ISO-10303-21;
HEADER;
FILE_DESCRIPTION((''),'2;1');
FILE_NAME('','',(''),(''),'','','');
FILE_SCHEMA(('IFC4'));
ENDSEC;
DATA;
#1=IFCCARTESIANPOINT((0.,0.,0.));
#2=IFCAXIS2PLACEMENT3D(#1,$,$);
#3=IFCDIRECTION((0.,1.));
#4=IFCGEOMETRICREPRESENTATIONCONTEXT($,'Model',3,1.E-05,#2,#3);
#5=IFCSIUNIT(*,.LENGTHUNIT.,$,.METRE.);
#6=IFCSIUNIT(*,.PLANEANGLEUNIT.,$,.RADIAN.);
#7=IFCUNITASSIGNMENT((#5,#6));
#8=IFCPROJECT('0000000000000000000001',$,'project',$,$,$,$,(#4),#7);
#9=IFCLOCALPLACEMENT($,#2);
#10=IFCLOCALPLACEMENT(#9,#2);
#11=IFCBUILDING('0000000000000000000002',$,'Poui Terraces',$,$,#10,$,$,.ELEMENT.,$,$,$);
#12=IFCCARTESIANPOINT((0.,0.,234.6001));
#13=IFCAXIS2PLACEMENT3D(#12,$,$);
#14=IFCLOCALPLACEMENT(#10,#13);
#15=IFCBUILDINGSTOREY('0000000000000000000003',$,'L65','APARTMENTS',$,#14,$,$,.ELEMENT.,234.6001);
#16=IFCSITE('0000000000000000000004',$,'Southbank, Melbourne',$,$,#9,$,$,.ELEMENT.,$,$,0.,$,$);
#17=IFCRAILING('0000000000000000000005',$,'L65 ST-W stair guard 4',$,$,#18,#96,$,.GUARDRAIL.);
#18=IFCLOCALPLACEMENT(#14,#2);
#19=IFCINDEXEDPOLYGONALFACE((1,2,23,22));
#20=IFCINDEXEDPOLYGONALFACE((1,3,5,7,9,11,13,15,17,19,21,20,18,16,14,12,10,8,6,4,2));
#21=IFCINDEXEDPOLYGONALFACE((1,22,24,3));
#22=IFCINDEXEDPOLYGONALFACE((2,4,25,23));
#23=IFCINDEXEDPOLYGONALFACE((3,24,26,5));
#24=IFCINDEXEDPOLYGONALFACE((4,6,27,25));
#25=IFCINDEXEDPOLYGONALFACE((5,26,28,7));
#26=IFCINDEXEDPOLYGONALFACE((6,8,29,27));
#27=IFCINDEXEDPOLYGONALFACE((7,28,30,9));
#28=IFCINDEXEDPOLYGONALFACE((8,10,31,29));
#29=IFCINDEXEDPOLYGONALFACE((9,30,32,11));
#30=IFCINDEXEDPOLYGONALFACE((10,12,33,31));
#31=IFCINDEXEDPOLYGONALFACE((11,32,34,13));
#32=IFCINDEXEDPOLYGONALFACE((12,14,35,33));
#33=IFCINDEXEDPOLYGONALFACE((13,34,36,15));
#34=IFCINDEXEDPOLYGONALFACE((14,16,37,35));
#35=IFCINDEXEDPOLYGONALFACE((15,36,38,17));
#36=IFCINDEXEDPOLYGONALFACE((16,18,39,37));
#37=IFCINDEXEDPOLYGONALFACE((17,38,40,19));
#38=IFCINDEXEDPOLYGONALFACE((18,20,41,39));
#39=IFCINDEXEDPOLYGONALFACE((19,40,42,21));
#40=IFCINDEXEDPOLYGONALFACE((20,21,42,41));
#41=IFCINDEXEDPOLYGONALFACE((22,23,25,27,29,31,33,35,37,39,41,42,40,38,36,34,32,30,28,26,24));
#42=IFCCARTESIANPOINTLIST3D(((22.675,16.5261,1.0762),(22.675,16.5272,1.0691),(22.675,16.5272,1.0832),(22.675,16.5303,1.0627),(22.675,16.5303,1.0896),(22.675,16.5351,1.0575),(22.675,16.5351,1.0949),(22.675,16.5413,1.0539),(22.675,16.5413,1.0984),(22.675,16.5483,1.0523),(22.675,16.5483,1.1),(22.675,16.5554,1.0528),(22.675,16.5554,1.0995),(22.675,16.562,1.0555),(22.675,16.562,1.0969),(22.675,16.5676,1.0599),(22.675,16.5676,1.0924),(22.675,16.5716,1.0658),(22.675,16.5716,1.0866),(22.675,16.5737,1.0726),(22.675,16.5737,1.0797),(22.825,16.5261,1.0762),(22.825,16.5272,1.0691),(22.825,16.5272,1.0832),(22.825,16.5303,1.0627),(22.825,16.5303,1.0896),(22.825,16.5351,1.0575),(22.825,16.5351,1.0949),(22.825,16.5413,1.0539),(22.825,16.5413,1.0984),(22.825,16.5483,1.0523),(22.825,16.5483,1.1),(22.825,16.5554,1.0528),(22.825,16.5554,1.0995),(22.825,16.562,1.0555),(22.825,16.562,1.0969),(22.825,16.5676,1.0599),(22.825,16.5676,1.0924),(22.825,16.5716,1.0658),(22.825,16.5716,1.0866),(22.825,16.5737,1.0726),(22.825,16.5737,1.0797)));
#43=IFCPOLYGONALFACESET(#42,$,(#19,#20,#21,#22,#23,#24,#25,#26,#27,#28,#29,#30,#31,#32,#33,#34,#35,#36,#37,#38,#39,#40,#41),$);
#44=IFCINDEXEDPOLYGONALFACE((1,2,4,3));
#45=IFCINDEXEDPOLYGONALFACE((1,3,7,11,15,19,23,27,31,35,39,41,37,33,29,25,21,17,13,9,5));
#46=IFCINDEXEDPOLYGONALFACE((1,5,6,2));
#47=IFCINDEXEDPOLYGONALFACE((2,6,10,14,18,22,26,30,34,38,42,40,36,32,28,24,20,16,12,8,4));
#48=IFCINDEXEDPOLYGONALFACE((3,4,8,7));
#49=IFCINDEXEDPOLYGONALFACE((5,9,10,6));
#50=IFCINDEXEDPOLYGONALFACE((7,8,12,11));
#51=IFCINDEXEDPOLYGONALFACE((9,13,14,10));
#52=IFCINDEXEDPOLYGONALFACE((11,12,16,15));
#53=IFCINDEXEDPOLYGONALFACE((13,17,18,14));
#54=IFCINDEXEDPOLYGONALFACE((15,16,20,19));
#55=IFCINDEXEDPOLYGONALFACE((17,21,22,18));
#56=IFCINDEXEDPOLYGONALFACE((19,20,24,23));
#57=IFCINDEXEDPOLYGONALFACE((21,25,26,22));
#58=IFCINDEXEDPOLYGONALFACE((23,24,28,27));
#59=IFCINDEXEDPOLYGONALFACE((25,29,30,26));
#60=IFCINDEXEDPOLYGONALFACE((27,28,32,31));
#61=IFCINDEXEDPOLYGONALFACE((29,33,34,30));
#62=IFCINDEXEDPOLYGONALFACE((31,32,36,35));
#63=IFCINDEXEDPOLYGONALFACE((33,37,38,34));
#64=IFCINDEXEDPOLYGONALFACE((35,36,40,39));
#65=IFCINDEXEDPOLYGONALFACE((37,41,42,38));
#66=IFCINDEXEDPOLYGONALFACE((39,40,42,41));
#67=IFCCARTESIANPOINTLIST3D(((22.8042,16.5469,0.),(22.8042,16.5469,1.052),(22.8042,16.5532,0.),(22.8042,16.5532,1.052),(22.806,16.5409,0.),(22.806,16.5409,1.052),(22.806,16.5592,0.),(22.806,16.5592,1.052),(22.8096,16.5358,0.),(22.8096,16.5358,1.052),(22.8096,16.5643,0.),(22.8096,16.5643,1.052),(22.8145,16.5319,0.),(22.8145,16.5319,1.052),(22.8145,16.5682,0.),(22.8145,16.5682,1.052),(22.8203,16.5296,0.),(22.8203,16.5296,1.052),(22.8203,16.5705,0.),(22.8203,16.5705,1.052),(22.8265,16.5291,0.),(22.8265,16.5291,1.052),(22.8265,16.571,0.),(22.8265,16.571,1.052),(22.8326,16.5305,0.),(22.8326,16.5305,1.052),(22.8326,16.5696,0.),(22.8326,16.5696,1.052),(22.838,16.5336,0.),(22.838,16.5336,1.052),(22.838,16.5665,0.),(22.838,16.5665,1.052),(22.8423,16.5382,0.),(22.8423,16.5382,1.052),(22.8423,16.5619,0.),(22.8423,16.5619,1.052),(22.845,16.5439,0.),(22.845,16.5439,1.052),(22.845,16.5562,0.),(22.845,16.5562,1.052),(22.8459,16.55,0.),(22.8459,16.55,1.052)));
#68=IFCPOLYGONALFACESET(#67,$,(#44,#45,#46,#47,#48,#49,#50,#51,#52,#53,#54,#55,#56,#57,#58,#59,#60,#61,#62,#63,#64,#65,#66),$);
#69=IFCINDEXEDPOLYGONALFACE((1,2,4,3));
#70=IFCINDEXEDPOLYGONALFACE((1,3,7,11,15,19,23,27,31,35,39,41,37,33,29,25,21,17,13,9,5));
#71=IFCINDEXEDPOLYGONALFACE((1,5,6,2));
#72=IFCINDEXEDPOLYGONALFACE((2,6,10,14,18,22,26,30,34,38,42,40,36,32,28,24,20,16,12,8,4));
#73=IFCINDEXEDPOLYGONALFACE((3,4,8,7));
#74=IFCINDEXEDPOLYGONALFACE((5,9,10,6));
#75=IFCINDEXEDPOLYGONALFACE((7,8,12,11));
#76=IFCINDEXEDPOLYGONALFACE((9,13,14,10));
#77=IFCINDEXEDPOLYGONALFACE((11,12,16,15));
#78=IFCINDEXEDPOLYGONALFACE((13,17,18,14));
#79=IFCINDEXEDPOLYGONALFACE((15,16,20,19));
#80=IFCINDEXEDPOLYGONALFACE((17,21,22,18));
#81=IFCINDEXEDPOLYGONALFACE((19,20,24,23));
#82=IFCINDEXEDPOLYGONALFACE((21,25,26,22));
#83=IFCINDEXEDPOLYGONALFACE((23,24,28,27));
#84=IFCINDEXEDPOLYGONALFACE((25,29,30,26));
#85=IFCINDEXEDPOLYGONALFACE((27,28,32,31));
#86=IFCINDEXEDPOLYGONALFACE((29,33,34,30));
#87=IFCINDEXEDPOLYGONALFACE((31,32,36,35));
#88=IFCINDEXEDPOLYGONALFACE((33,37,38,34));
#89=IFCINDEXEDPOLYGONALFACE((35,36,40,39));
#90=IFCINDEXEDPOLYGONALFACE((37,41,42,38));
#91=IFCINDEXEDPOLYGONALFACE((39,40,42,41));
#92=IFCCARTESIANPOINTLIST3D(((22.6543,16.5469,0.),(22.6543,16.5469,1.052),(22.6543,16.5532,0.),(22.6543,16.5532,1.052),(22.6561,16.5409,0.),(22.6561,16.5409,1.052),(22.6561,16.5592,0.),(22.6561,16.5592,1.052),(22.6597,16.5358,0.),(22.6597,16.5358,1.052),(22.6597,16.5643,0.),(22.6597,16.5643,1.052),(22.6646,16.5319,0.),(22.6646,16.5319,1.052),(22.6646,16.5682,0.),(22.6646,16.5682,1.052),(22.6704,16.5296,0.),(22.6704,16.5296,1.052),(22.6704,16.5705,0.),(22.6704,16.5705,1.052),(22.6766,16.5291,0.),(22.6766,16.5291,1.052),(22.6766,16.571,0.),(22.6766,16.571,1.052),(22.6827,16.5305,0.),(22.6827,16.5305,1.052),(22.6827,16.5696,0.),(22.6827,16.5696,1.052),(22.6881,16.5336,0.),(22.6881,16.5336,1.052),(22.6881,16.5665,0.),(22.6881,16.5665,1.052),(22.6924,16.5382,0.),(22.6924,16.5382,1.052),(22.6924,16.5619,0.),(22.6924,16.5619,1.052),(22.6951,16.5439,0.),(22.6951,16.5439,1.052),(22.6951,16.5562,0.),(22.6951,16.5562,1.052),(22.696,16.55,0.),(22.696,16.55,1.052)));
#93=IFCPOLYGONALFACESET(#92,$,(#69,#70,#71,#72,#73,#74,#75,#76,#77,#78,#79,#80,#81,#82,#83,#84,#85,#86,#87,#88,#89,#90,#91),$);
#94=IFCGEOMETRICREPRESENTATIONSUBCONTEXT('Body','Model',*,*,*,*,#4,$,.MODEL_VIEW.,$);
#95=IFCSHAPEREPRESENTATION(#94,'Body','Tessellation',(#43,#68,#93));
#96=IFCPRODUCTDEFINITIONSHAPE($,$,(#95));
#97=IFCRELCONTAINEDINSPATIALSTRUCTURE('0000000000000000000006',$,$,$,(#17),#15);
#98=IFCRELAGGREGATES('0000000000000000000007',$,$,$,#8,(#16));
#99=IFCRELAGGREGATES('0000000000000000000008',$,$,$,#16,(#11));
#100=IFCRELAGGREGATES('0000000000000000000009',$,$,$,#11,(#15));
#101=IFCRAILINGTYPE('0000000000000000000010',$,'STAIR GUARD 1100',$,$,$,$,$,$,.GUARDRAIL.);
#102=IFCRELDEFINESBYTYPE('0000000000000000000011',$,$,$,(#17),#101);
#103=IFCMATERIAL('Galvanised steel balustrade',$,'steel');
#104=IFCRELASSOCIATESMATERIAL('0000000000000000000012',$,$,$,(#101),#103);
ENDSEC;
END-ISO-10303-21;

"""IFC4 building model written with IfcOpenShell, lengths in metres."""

from ifc_helpers import new_model, si_unit, direction, frame, origin, origin_2d, place, context, subcontext, project, spatial, circle, extrude, material, type_object, element, save


model = new_model("IFC4")

# Units and contexts
model_context = context("Model", 3, precision=1e-05, world=origin(), true_north=direction((0.0, 1.0)))
body_context = subcontext(model_context, "Body", "Model", "MODEL_VIEW")
ifc_project = project(units=[si_unit("LENGTHUNIT", "METRE"), si_unit("PLANEANGLEUNIT", "RADIAN")], contexts=[model_context])

# Site, building, storey
site_placement = place(None, origin())
site = spatial("IfcSite", under=ifc_project, at=site_placement, Name="Southbank, Melbourne", CompositionType="ELEMENT", RefElevation=0.0)
building_placement = place(site_placement, origin())
building = spatial("IfcBuilding", under=site, at=building_placement, Name="Poui Terraces", CompositionType="ELEMENT")
storey_placement = place(building_placement, frame((0.0, 0.0, 234.6001)))
storey = spatial("IfcBuildingStorey", under=building, at=storey_placement, Name="L65", Description="APARTMENTS", CompositionType="ELEMENT", Elevation=234.6001)

# Railing
ifc_material_1 = material(Name="Galvanised steel balustrade", Category="steel")
railing_type_1 = type_object("IfcRailingType", Name="STAIR GUARD 1100", PredefinedType="GUARDRAIL", material=ifc_material_1)
railing_1_placement = place(storey_placement, frame((22.825, 16.55, 0.0)))
element("IfcRailing", 1, at=railing_1_placement, inside=storey, type_object=railing_type_1, Name="L65 ST-W stair guard 4", PredefinedType="GUARDRAIL", context=body_context, shape_type="SweptSolid", body=[
    extrude(circle(Radius=0.0239, at=origin_2d()), frame((0.0, 0.0, 1.0762), z_axis=(-1.0, 0.0, 0.0), x_axis=(0.0, -1.0, 0.0)), (0.0, 0.0, 1.0), 0.1499),
    extrude(circle(Radius=0.021, at=origin_2d()), origin(), (0.0, 0.0, 1.0), 1.052),
    extrude(circle(Radius=0.021, at=origin_2d()), frame((-0.1499, 0.0, 0.0)), (0.0, 0.0, 1.0), 1.052),
])

save(model, "model.ifc")
